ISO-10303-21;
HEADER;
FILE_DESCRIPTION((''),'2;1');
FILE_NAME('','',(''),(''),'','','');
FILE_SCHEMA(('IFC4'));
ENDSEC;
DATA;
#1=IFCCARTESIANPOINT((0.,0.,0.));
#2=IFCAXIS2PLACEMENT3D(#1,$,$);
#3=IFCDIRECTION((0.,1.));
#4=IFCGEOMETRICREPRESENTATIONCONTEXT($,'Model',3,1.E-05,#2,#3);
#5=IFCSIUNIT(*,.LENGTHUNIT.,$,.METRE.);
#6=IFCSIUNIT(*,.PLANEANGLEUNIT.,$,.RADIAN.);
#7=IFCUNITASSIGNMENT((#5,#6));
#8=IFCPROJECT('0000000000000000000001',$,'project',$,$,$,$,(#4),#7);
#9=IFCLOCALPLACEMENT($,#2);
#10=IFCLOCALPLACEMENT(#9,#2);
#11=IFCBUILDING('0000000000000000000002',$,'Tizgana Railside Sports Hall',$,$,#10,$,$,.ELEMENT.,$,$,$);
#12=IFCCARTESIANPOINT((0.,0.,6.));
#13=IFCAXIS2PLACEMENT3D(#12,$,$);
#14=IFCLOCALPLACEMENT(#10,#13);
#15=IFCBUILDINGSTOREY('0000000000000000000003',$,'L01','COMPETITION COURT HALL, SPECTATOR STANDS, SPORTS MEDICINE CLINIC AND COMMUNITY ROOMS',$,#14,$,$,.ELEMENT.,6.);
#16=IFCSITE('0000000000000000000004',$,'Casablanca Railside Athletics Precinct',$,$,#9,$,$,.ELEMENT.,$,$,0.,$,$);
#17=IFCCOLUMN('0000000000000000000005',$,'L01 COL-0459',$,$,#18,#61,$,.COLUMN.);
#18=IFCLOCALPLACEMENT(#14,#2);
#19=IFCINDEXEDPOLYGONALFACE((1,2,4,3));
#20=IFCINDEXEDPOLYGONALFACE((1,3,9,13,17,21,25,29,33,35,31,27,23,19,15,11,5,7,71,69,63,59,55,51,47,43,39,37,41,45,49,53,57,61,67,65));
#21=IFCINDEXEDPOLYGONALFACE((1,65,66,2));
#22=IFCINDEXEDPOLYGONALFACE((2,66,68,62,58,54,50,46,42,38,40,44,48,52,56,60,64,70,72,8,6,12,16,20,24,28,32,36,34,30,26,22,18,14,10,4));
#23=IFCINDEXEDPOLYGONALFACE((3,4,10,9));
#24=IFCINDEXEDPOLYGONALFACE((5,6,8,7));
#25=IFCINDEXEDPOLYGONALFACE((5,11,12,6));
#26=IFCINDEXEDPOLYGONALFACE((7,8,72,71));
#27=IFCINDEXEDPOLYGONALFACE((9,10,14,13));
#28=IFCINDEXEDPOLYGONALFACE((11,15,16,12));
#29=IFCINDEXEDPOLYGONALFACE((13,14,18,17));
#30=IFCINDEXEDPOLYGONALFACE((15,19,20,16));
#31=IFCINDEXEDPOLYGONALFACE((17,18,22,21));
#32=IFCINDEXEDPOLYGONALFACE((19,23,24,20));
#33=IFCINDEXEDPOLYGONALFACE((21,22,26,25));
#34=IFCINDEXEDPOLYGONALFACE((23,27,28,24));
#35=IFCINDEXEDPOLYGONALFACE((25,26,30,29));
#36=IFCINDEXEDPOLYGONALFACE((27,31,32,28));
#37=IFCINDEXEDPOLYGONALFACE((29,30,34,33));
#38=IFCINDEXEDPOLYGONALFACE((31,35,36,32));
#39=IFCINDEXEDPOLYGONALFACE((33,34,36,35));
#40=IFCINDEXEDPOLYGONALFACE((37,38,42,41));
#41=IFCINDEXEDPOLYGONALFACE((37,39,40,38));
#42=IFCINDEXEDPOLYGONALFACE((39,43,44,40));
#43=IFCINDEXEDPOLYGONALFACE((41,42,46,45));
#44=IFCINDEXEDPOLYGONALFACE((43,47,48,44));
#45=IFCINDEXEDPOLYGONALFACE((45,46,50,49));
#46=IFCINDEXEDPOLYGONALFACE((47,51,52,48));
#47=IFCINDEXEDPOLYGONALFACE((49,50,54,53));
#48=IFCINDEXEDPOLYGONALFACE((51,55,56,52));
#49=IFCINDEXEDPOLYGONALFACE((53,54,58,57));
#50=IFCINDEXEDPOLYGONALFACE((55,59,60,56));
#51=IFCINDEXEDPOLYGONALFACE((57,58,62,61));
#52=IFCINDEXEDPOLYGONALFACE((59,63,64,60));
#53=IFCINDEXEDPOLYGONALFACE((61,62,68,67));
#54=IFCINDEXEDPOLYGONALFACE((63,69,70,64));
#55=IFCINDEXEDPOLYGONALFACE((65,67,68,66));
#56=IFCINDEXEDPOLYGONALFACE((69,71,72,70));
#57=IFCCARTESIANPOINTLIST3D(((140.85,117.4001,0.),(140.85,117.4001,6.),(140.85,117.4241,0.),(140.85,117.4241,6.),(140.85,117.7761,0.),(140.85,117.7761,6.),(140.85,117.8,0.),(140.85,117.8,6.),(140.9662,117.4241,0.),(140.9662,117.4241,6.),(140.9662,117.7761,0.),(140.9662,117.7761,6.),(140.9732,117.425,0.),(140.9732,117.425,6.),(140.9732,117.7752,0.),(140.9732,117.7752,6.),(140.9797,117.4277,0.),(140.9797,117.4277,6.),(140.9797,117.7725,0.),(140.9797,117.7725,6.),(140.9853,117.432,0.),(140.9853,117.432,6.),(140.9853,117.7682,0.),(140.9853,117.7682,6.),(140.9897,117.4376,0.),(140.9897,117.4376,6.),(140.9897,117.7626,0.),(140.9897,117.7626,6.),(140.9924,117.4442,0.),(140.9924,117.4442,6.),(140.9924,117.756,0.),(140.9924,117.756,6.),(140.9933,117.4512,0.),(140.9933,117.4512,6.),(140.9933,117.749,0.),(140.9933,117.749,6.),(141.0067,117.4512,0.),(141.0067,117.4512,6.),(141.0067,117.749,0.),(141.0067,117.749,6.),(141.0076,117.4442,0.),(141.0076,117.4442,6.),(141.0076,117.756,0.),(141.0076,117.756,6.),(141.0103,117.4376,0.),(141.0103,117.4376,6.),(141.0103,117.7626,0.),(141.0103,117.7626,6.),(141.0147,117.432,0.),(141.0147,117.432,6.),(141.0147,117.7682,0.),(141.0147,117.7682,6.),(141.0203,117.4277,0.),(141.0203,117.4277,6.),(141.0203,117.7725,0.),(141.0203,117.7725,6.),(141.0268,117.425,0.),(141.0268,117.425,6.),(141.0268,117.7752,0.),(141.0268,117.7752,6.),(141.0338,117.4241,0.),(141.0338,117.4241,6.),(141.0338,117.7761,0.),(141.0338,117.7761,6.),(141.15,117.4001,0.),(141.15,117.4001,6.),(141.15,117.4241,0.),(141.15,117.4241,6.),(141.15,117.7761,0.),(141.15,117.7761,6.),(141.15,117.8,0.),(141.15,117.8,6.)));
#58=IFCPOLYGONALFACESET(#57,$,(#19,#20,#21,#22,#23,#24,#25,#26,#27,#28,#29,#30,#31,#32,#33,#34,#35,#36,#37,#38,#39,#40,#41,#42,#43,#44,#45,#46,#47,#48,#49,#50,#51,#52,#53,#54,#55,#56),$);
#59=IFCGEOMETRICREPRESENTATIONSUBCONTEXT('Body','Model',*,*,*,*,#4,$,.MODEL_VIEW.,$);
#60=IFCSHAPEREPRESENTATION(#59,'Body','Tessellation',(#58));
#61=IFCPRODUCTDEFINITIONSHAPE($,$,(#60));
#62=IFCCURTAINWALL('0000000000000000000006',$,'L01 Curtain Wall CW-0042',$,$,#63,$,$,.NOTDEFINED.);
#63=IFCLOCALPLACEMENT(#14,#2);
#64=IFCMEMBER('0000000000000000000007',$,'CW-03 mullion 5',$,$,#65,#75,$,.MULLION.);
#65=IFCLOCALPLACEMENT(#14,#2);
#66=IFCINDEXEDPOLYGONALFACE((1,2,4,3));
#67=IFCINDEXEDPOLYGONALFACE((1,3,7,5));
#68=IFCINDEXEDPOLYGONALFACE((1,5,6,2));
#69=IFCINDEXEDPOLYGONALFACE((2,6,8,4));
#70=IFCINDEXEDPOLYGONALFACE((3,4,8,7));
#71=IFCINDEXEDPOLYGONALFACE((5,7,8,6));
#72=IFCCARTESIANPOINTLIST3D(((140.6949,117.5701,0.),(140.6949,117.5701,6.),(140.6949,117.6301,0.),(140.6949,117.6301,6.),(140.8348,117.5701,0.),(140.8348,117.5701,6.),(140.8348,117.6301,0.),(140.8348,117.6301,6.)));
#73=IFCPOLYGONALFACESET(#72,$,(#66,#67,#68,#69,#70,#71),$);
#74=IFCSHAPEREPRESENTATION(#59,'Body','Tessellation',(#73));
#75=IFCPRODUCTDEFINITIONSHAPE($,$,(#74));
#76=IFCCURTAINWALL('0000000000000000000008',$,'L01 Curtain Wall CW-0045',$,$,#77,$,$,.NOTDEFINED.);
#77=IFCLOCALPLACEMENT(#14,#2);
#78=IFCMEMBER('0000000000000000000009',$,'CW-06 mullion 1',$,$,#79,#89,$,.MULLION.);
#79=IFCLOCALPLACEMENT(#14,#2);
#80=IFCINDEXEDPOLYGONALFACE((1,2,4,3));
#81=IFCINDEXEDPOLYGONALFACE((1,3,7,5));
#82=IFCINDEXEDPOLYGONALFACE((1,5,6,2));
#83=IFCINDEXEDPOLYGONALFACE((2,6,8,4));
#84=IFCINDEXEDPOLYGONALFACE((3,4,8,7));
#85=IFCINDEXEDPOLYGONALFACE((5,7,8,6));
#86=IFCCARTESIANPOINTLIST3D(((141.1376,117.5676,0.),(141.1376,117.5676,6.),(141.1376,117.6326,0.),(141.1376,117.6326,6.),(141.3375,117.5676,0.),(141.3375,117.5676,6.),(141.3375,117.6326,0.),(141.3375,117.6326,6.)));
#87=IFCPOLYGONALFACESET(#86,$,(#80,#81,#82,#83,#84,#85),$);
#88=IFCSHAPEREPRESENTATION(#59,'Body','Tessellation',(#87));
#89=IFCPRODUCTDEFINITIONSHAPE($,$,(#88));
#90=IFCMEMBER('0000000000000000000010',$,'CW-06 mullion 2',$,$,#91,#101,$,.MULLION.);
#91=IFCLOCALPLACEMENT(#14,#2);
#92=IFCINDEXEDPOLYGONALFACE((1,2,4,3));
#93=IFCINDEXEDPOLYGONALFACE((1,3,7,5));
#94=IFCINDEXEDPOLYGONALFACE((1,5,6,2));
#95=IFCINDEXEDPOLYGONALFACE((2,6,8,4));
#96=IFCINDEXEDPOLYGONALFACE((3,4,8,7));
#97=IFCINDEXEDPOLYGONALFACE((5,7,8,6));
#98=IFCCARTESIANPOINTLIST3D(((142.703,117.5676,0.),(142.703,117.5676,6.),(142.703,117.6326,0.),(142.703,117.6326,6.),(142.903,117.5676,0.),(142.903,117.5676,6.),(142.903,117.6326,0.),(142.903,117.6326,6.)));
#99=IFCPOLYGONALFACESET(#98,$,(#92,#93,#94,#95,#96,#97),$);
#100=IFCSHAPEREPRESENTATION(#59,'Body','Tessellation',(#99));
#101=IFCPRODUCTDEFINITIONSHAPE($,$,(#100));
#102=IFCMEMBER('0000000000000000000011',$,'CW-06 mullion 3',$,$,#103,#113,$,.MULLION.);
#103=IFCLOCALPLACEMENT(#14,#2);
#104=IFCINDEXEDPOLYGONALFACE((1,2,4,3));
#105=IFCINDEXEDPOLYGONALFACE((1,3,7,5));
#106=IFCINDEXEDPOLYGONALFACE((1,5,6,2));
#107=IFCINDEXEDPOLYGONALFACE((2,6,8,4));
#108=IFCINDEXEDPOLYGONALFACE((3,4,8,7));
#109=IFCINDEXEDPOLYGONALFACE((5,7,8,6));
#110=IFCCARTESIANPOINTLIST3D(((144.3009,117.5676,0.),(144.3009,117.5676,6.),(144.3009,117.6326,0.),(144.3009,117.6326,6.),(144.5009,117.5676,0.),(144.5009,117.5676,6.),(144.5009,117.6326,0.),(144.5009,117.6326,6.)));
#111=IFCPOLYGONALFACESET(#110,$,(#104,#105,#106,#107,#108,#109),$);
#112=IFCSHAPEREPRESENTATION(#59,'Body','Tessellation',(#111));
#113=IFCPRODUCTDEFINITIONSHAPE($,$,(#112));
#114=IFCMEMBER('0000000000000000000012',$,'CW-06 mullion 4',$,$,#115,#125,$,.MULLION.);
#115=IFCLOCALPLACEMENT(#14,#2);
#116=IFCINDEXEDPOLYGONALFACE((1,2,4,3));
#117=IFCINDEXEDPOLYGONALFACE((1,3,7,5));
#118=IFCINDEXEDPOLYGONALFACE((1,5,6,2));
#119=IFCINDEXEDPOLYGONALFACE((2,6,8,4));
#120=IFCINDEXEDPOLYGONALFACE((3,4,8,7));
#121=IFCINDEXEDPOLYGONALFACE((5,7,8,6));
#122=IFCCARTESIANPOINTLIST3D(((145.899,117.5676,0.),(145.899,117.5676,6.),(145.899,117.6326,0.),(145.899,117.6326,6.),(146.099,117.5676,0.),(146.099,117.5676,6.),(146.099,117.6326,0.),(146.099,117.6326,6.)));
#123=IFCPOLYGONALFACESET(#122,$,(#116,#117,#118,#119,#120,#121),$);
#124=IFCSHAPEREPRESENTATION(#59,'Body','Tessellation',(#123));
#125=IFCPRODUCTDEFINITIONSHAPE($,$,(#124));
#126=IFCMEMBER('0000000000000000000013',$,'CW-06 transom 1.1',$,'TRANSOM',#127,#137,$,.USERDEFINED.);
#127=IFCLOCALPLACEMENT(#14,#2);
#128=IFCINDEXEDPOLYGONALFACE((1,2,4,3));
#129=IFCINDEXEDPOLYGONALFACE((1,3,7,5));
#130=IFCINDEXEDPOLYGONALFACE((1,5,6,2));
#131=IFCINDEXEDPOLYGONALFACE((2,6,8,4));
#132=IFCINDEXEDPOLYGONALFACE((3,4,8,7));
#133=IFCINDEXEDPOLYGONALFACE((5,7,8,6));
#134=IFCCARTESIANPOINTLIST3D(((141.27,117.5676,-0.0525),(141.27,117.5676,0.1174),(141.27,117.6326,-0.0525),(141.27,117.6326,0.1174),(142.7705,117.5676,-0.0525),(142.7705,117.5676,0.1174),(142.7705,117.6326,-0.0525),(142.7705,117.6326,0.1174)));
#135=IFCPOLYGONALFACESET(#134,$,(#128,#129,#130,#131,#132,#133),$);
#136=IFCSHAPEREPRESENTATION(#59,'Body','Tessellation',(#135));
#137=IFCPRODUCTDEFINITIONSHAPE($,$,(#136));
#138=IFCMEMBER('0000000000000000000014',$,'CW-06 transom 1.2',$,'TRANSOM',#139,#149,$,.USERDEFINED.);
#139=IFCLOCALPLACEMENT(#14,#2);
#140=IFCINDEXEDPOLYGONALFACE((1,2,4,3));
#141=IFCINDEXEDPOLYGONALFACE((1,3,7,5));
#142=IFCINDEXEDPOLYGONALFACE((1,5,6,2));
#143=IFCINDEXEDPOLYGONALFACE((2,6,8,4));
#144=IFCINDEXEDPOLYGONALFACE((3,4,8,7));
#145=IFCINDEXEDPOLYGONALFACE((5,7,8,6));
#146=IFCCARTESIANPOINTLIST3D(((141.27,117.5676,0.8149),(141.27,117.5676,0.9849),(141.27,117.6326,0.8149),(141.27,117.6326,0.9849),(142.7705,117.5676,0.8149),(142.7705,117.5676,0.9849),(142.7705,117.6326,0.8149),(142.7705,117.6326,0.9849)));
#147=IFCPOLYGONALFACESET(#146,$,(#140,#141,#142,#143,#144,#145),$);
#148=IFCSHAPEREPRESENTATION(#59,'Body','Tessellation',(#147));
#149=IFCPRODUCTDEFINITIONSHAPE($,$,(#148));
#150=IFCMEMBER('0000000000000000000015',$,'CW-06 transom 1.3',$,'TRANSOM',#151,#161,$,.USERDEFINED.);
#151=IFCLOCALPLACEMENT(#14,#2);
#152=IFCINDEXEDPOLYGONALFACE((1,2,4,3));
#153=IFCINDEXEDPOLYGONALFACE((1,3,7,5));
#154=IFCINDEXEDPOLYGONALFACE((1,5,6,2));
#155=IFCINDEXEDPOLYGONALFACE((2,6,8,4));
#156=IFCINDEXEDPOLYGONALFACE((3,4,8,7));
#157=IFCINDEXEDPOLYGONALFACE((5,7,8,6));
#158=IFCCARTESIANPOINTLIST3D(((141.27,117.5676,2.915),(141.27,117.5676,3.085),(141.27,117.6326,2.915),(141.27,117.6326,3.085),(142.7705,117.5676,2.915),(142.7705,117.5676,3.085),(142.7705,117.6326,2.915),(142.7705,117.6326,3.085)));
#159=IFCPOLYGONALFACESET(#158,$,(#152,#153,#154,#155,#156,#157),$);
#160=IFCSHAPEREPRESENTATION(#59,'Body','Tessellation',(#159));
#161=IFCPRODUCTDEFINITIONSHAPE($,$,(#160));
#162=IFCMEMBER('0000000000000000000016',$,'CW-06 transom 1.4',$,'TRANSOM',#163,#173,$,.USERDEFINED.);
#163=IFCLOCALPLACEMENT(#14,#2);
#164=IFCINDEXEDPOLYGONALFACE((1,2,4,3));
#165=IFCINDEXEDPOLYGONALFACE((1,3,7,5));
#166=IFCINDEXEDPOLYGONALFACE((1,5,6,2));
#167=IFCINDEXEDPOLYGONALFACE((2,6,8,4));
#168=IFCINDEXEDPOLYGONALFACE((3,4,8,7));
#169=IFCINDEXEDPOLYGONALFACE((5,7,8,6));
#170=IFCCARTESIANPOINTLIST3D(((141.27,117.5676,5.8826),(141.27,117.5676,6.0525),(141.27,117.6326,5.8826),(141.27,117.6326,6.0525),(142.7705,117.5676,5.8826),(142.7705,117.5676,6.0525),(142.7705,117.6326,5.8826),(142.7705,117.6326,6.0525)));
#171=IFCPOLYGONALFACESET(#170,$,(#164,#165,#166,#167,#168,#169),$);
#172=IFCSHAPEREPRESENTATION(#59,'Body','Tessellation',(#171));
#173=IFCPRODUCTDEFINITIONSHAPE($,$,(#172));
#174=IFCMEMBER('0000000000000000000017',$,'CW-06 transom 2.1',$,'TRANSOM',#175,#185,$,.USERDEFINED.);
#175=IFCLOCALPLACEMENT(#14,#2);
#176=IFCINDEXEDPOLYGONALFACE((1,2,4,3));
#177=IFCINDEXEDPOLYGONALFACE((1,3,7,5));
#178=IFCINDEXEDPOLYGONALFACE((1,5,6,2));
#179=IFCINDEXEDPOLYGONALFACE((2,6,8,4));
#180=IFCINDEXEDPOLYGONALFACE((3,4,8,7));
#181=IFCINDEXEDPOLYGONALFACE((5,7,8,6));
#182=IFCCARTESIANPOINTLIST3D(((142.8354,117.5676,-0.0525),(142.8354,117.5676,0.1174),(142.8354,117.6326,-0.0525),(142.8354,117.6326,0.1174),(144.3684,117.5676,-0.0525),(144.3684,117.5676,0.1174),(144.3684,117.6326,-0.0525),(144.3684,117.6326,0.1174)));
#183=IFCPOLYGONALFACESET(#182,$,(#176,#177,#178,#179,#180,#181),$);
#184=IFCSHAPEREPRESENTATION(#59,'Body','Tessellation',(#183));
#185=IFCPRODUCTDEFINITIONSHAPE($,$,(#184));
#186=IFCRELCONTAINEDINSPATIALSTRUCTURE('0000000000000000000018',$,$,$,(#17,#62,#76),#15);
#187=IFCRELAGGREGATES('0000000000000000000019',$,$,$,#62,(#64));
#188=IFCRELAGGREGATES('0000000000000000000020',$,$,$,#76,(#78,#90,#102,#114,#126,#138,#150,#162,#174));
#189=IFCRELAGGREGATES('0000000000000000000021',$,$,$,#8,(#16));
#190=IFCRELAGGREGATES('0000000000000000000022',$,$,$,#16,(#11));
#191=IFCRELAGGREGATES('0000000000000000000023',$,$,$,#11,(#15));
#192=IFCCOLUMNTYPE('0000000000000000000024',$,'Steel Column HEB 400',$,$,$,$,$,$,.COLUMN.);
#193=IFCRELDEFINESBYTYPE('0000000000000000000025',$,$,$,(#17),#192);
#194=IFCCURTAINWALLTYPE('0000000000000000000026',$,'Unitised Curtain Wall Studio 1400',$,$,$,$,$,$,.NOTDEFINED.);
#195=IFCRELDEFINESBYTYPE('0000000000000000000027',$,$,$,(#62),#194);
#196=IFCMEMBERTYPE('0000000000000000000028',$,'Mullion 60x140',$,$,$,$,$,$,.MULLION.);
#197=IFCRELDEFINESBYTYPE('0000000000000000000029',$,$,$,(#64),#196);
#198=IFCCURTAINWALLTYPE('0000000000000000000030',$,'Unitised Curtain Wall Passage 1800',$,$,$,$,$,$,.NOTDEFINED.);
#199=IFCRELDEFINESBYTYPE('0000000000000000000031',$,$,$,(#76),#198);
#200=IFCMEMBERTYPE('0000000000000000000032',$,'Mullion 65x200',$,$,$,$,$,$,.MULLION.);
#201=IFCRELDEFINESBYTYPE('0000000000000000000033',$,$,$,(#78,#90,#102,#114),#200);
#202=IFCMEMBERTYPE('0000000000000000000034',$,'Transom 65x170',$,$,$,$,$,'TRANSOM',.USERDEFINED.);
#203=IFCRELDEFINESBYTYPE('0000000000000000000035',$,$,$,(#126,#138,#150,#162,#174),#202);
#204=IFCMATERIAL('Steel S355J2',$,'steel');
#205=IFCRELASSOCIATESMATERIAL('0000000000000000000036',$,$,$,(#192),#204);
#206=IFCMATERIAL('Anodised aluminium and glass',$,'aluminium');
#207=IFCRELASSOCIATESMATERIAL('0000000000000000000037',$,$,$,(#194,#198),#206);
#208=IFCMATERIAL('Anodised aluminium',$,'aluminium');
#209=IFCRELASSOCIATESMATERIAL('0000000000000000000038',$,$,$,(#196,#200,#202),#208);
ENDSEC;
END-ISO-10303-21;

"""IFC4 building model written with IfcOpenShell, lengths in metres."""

from ifc_helpers import new_model, si_unit, direction, frame, origin, origin_2d, place, context, subcontext, project, spatial, rectangle, i_section, extrude, material, material_profile, profile_set, type_object, element, aggregate, save


model = new_model("IFC4")

# Units and contexts
model_context = context("Model", 3, precision=1e-05, world=origin(), true_north=direction((0.0, 1.0)))
body_context = subcontext(model_context, "Body", "Model", "MODEL_VIEW")
ifc_project = project(units=[si_unit("LENGTHUNIT", "METRE"), si_unit("PLANEANGLEUNIT", "RADIAN")], contexts=[model_context])

# Site, building, storey
site_placement = place(None, origin())
site = spatial("IfcSite", under=ifc_project, at=site_placement, Name="Casablanca Railside Athletics Precinct", CompositionType="ELEMENT", RefElevation=0.0)
building_placement = place(site_placement, origin())
building = spatial("IfcBuilding", under=site, at=building_placement, Name="Tizgana Railside Sports Hall", CompositionType="ELEMENT")
storey_placement = place(building_placement, frame((0.0, 0.0, 6.0)))
storey = spatial("IfcBuildingStorey", under=building, at=storey_placement, Name="L01", Description="COMPETITION COURT HALL, SPECTATOR STANDS, SPORTS MEDICINE CLINIC AND COMMUNITY ROOMS", CompositionType="ELEMENT", Elevation=6.0)

# Column
ifc_material_1 = material(Name="Steel S355J2", Category="steel")
ifc_material_profile_1 = material_profile(ifc_material_1, i_section(OverallWidth=0.3, OverallDepth=0.3999, WebThickness=0.0134, FlangeThickness=0.0239, FilletRadius=0.0271, at=origin_2d()), Name="HEB 400")
ifc_profile_set_1 = profile_set([ifc_material_profile_1], Name="Steel S355J2")
column_type = type_object("IfcColumnType", Name="Steel Column HEB 400", PredefinedType="COLUMN", material=ifc_profile_set_1)
column_placement = place(storey_placement, frame((141.0, 117.6001, 0.0), z_axis=(0.0, 0.0, 1.0), x_axis=(1.0, 0.0, 0.0)))
element("IfcColumn", 1, at=column_placement, inside=storey, type_object=column_type, Name="L01 COL-0459", PredefinedType="COLUMN", context=body_context, shape_type="SweptSolid", body=[
    extrude(i_section(OverallWidth=0.3, OverallDepth=0.3999, WebThickness=0.0134, FlangeThickness=0.0239, FilletRadius=0.0271, at=origin_2d()), origin(), (0.0, 0.0, 1.0), 6.0),
])

# Curtain wall, member
ifc_material_2 = material(Name="Anodised aluminium and glass", Category="aluminium")
curtain_wall_type_1 = type_object("IfcCurtainWallType", Name="Unitised Curtain Wall Studio 1400", PredefinedType="NOTDEFINED", material=ifc_material_2)
curtain_wall_1_placement = place(storey_placement, origin())
curtain_wall_1 = element("IfcCurtainWall", 2, at=curtain_wall_1_placement, inside=storey, type_object=curtain_wall_type_1, Name="L01 Curtain Wall CW-0042", PredefinedType="NOTDEFINED")
ifc_material_3 = material(Name="Anodised aluminium", Category="aluminium")
ifc_material_profile_2 = material_profile(ifc_material_3, rectangle(XDim=0.0601, YDim=0.1399, at=origin_2d()), Name="Mullion 60x140")
ifc_profile_set_2 = profile_set([ifc_material_profile_2], Name="Anodised aluminium")
member_type_1 = type_object("IfcMemberType", Name="Mullion 60x140", PredefinedType="MULLION", material=ifc_profile_set_2)
member_1_placement = place(storey_placement, frame((140.7649, 117.6001, 0.0), z_axis=(0.0, 0.0, 1.0), x_axis=(0.0, 1.0, 0.0)))
member_1 = element("IfcMember", 3, at=member_1_placement, type_object=member_type_1, Name="CW-03 mullion 5", PredefinedType="MULLION", context=body_context, shape_type="SweptSolid", body=[
    extrude(rectangle(XDim=0.0601, YDim=0.1399, at=origin_2d()), origin(), (0.0, 0.0, 1.0), 6.0),
])
aggregate(curtain_wall_1, [member_1])

# Curtain wall, members
curtain_wall_type_2 = type_object("IfcCurtainWallType", Name="Unitised Curtain Wall Passage 1800", PredefinedType="NOTDEFINED", material=ifc_material_2)
curtain_wall_2_placement = place(storey_placement, origin())
curtain_wall_2 = element("IfcCurtainWall", 4, at=curtain_wall_2_placement, inside=storey, type_object=curtain_wall_type_2, Name="L01 Curtain Wall CW-0045", PredefinedType="NOTDEFINED")
ifc_material_profile_3 = material_profile(ifc_material_3, rectangle(XDim=0.0649, YDim=0.2, at=origin_2d()), Name="Mullion 65x200")
ifc_profile_set_3 = profile_set([ifc_material_profile_3], Name="Anodised aluminium")
member_type_2 = type_object("IfcMemberType", Name="Mullion 65x200", PredefinedType="MULLION", material=ifc_profile_set_3)
member_2_placement = place(storey_placement, frame((141.2375, 117.6001, 0.0), z_axis=(0.0, 0.0, 1.0), x_axis=(0.0, 1.0, 0.0)))
member_2 = element("IfcMember", 5, at=member_2_placement, type_object=member_type_2, Name="CW-06 mullion 1", PredefinedType="MULLION", context=body_context, shape_type="SweptSolid", body=[
    extrude(rectangle(XDim=0.0649, YDim=0.2, at=origin_2d()), origin(), (0.0, 0.0, 1.0), 6.0),
])
member_3_placement = place(storey_placement, frame((142.803, 117.6001, 0.0), z_axis=(0.0, 0.0, 1.0), x_axis=(0.0, 1.0, 0.0)))
member_3 = element("IfcMember", 6, at=member_3_placement, type_object=member_type_2, Name="CW-06 mullion 2", PredefinedType="MULLION", context=body_context, shape_type="SweptSolid", body=[
    extrude(rectangle(XDim=0.0649, YDim=0.2, at=origin_2d()), origin(), (0.0, 0.0, 1.0), 6.0),
])
member_4_placement = place(storey_placement, frame((144.4009, 117.6001, 0.0), z_axis=(0.0, 0.0, 1.0), x_axis=(0.0, 1.0, 0.0)))
member_4 = element("IfcMember", 7, at=member_4_placement, type_object=member_type_2, Name="CW-06 mullion 3", PredefinedType="MULLION", context=body_context, shape_type="SweptSolid", body=[
    extrude(rectangle(XDim=0.0649, YDim=0.2, at=origin_2d()), origin(), (0.0, 0.0, 1.0), 6.0),
])
member_5_placement = place(storey_placement, frame((145.999, 117.6001, 0.0), z_axis=(0.0, 0.0, 1.0), x_axis=(0.0, 1.0, 0.0)))
member_5 = element("IfcMember", 8, at=member_5_placement, type_object=member_type_2, Name="CW-06 mullion 4", PredefinedType="MULLION", context=body_context, shape_type="SweptSolid", body=[
    extrude(rectangle(XDim=0.0649, YDim=0.2, at=origin_2d()), origin(), (0.0, 0.0, 1.0), 6.0),
])
ifc_material_profile_4 = material_profile(ifc_material_3, rectangle(XDim=0.0649, YDim=0.1699, at=origin_2d()), Name="Transom 65x170")
ifc_profile_set_4 = profile_set([ifc_material_profile_4], Name="Anodised aluminium")
member_type_3 = type_object("IfcMemberType", Name="Transom 65x170", ElementType="TRANSOM", PredefinedType="USERDEFINED", material=ifc_profile_set_4)
member_6_placement = place(storey_placement, frame((141.27, 117.6001, 0.0325), z_axis=(1.0, 0.0, 0.0), x_axis=(0.0, 1.0, 0.0)))
member_6 = element("IfcMember", 9, at=member_6_placement, type_object=member_type_3, Name="CW-06 transom 1.1", ObjectType="TRANSOM", PredefinedType="USERDEFINED", context=body_context, shape_type="SweptSolid", body=[
    extrude(rectangle(XDim=0.0649, YDim=0.1699, at=origin_2d()), origin(), (0.0, 0.0, 1.0), 1.5005),
])
member_7_placement = place(storey_placement, frame((141.27, 117.6001, 0.8999), z_axis=(1.0, 0.0, 0.0), x_axis=(0.0, 1.0, 0.0)))
member_7 = element("IfcMember", 10, at=member_7_placement, type_object=member_type_3, Name="CW-06 transom 1.2", ObjectType="TRANSOM", PredefinedType="USERDEFINED", context=body_context, shape_type="SweptSolid", body=[
    extrude(rectangle(XDim=0.0649, YDim=0.1699, at=origin_2d()), origin(), (0.0, 0.0, 1.0), 1.5005),
])
member_8_placement = place(storey_placement, frame((141.27, 117.6001, 3.0), z_axis=(1.0, 0.0, 0.0), x_axis=(0.0, 1.0, 0.0)))
member_8 = element("IfcMember", 11, at=member_8_placement, type_object=member_type_3, Name="CW-06 transom 1.3", ObjectType="TRANSOM", PredefinedType="USERDEFINED", context=body_context, shape_type="SweptSolid", body=[
    extrude(rectangle(XDim=0.0649, YDim=0.1699, at=origin_2d()), origin(), (0.0, 0.0, 1.0), 1.5005),
])
member_9_placement = place(storey_placement, frame((141.27, 117.6001, 5.9675), z_axis=(1.0, 0.0, 0.0), x_axis=(0.0, 1.0, 0.0)))
member_9 = element("IfcMember", 12, at=member_9_placement, type_object=member_type_3, Name="CW-06 transom 1.4", ObjectType="TRANSOM", PredefinedType="USERDEFINED", context=body_context, shape_type="SweptSolid", body=[
    extrude(rectangle(XDim=0.0649, YDim=0.1699, at=origin_2d()), origin(), (0.0, 0.0, 1.0), 1.5005),
])
member_10_placement = place(storey_placement, frame((142.8354, 117.6001, 0.0325), z_axis=(1.0, 0.0, 0.0), x_axis=(0.0, 1.0, 0.0)))
member_10 = element("IfcMember", 13, at=member_10_placement, type_object=member_type_3, Name="CW-06 transom 2.1", ObjectType="TRANSOM", PredefinedType="USERDEFINED", context=body_context, shape_type="SweptSolid", body=[
    extrude(rectangle(XDim=0.0649, YDim=0.1699, at=origin_2d()), origin(), (0.0, 0.0, 1.0), 1.533),
])
aggregate(curtain_wall_2, [member_2, member_3, member_4, member_5, member_6, member_7, member_8, member_9, member_10])

save(model, "model.ifc")
